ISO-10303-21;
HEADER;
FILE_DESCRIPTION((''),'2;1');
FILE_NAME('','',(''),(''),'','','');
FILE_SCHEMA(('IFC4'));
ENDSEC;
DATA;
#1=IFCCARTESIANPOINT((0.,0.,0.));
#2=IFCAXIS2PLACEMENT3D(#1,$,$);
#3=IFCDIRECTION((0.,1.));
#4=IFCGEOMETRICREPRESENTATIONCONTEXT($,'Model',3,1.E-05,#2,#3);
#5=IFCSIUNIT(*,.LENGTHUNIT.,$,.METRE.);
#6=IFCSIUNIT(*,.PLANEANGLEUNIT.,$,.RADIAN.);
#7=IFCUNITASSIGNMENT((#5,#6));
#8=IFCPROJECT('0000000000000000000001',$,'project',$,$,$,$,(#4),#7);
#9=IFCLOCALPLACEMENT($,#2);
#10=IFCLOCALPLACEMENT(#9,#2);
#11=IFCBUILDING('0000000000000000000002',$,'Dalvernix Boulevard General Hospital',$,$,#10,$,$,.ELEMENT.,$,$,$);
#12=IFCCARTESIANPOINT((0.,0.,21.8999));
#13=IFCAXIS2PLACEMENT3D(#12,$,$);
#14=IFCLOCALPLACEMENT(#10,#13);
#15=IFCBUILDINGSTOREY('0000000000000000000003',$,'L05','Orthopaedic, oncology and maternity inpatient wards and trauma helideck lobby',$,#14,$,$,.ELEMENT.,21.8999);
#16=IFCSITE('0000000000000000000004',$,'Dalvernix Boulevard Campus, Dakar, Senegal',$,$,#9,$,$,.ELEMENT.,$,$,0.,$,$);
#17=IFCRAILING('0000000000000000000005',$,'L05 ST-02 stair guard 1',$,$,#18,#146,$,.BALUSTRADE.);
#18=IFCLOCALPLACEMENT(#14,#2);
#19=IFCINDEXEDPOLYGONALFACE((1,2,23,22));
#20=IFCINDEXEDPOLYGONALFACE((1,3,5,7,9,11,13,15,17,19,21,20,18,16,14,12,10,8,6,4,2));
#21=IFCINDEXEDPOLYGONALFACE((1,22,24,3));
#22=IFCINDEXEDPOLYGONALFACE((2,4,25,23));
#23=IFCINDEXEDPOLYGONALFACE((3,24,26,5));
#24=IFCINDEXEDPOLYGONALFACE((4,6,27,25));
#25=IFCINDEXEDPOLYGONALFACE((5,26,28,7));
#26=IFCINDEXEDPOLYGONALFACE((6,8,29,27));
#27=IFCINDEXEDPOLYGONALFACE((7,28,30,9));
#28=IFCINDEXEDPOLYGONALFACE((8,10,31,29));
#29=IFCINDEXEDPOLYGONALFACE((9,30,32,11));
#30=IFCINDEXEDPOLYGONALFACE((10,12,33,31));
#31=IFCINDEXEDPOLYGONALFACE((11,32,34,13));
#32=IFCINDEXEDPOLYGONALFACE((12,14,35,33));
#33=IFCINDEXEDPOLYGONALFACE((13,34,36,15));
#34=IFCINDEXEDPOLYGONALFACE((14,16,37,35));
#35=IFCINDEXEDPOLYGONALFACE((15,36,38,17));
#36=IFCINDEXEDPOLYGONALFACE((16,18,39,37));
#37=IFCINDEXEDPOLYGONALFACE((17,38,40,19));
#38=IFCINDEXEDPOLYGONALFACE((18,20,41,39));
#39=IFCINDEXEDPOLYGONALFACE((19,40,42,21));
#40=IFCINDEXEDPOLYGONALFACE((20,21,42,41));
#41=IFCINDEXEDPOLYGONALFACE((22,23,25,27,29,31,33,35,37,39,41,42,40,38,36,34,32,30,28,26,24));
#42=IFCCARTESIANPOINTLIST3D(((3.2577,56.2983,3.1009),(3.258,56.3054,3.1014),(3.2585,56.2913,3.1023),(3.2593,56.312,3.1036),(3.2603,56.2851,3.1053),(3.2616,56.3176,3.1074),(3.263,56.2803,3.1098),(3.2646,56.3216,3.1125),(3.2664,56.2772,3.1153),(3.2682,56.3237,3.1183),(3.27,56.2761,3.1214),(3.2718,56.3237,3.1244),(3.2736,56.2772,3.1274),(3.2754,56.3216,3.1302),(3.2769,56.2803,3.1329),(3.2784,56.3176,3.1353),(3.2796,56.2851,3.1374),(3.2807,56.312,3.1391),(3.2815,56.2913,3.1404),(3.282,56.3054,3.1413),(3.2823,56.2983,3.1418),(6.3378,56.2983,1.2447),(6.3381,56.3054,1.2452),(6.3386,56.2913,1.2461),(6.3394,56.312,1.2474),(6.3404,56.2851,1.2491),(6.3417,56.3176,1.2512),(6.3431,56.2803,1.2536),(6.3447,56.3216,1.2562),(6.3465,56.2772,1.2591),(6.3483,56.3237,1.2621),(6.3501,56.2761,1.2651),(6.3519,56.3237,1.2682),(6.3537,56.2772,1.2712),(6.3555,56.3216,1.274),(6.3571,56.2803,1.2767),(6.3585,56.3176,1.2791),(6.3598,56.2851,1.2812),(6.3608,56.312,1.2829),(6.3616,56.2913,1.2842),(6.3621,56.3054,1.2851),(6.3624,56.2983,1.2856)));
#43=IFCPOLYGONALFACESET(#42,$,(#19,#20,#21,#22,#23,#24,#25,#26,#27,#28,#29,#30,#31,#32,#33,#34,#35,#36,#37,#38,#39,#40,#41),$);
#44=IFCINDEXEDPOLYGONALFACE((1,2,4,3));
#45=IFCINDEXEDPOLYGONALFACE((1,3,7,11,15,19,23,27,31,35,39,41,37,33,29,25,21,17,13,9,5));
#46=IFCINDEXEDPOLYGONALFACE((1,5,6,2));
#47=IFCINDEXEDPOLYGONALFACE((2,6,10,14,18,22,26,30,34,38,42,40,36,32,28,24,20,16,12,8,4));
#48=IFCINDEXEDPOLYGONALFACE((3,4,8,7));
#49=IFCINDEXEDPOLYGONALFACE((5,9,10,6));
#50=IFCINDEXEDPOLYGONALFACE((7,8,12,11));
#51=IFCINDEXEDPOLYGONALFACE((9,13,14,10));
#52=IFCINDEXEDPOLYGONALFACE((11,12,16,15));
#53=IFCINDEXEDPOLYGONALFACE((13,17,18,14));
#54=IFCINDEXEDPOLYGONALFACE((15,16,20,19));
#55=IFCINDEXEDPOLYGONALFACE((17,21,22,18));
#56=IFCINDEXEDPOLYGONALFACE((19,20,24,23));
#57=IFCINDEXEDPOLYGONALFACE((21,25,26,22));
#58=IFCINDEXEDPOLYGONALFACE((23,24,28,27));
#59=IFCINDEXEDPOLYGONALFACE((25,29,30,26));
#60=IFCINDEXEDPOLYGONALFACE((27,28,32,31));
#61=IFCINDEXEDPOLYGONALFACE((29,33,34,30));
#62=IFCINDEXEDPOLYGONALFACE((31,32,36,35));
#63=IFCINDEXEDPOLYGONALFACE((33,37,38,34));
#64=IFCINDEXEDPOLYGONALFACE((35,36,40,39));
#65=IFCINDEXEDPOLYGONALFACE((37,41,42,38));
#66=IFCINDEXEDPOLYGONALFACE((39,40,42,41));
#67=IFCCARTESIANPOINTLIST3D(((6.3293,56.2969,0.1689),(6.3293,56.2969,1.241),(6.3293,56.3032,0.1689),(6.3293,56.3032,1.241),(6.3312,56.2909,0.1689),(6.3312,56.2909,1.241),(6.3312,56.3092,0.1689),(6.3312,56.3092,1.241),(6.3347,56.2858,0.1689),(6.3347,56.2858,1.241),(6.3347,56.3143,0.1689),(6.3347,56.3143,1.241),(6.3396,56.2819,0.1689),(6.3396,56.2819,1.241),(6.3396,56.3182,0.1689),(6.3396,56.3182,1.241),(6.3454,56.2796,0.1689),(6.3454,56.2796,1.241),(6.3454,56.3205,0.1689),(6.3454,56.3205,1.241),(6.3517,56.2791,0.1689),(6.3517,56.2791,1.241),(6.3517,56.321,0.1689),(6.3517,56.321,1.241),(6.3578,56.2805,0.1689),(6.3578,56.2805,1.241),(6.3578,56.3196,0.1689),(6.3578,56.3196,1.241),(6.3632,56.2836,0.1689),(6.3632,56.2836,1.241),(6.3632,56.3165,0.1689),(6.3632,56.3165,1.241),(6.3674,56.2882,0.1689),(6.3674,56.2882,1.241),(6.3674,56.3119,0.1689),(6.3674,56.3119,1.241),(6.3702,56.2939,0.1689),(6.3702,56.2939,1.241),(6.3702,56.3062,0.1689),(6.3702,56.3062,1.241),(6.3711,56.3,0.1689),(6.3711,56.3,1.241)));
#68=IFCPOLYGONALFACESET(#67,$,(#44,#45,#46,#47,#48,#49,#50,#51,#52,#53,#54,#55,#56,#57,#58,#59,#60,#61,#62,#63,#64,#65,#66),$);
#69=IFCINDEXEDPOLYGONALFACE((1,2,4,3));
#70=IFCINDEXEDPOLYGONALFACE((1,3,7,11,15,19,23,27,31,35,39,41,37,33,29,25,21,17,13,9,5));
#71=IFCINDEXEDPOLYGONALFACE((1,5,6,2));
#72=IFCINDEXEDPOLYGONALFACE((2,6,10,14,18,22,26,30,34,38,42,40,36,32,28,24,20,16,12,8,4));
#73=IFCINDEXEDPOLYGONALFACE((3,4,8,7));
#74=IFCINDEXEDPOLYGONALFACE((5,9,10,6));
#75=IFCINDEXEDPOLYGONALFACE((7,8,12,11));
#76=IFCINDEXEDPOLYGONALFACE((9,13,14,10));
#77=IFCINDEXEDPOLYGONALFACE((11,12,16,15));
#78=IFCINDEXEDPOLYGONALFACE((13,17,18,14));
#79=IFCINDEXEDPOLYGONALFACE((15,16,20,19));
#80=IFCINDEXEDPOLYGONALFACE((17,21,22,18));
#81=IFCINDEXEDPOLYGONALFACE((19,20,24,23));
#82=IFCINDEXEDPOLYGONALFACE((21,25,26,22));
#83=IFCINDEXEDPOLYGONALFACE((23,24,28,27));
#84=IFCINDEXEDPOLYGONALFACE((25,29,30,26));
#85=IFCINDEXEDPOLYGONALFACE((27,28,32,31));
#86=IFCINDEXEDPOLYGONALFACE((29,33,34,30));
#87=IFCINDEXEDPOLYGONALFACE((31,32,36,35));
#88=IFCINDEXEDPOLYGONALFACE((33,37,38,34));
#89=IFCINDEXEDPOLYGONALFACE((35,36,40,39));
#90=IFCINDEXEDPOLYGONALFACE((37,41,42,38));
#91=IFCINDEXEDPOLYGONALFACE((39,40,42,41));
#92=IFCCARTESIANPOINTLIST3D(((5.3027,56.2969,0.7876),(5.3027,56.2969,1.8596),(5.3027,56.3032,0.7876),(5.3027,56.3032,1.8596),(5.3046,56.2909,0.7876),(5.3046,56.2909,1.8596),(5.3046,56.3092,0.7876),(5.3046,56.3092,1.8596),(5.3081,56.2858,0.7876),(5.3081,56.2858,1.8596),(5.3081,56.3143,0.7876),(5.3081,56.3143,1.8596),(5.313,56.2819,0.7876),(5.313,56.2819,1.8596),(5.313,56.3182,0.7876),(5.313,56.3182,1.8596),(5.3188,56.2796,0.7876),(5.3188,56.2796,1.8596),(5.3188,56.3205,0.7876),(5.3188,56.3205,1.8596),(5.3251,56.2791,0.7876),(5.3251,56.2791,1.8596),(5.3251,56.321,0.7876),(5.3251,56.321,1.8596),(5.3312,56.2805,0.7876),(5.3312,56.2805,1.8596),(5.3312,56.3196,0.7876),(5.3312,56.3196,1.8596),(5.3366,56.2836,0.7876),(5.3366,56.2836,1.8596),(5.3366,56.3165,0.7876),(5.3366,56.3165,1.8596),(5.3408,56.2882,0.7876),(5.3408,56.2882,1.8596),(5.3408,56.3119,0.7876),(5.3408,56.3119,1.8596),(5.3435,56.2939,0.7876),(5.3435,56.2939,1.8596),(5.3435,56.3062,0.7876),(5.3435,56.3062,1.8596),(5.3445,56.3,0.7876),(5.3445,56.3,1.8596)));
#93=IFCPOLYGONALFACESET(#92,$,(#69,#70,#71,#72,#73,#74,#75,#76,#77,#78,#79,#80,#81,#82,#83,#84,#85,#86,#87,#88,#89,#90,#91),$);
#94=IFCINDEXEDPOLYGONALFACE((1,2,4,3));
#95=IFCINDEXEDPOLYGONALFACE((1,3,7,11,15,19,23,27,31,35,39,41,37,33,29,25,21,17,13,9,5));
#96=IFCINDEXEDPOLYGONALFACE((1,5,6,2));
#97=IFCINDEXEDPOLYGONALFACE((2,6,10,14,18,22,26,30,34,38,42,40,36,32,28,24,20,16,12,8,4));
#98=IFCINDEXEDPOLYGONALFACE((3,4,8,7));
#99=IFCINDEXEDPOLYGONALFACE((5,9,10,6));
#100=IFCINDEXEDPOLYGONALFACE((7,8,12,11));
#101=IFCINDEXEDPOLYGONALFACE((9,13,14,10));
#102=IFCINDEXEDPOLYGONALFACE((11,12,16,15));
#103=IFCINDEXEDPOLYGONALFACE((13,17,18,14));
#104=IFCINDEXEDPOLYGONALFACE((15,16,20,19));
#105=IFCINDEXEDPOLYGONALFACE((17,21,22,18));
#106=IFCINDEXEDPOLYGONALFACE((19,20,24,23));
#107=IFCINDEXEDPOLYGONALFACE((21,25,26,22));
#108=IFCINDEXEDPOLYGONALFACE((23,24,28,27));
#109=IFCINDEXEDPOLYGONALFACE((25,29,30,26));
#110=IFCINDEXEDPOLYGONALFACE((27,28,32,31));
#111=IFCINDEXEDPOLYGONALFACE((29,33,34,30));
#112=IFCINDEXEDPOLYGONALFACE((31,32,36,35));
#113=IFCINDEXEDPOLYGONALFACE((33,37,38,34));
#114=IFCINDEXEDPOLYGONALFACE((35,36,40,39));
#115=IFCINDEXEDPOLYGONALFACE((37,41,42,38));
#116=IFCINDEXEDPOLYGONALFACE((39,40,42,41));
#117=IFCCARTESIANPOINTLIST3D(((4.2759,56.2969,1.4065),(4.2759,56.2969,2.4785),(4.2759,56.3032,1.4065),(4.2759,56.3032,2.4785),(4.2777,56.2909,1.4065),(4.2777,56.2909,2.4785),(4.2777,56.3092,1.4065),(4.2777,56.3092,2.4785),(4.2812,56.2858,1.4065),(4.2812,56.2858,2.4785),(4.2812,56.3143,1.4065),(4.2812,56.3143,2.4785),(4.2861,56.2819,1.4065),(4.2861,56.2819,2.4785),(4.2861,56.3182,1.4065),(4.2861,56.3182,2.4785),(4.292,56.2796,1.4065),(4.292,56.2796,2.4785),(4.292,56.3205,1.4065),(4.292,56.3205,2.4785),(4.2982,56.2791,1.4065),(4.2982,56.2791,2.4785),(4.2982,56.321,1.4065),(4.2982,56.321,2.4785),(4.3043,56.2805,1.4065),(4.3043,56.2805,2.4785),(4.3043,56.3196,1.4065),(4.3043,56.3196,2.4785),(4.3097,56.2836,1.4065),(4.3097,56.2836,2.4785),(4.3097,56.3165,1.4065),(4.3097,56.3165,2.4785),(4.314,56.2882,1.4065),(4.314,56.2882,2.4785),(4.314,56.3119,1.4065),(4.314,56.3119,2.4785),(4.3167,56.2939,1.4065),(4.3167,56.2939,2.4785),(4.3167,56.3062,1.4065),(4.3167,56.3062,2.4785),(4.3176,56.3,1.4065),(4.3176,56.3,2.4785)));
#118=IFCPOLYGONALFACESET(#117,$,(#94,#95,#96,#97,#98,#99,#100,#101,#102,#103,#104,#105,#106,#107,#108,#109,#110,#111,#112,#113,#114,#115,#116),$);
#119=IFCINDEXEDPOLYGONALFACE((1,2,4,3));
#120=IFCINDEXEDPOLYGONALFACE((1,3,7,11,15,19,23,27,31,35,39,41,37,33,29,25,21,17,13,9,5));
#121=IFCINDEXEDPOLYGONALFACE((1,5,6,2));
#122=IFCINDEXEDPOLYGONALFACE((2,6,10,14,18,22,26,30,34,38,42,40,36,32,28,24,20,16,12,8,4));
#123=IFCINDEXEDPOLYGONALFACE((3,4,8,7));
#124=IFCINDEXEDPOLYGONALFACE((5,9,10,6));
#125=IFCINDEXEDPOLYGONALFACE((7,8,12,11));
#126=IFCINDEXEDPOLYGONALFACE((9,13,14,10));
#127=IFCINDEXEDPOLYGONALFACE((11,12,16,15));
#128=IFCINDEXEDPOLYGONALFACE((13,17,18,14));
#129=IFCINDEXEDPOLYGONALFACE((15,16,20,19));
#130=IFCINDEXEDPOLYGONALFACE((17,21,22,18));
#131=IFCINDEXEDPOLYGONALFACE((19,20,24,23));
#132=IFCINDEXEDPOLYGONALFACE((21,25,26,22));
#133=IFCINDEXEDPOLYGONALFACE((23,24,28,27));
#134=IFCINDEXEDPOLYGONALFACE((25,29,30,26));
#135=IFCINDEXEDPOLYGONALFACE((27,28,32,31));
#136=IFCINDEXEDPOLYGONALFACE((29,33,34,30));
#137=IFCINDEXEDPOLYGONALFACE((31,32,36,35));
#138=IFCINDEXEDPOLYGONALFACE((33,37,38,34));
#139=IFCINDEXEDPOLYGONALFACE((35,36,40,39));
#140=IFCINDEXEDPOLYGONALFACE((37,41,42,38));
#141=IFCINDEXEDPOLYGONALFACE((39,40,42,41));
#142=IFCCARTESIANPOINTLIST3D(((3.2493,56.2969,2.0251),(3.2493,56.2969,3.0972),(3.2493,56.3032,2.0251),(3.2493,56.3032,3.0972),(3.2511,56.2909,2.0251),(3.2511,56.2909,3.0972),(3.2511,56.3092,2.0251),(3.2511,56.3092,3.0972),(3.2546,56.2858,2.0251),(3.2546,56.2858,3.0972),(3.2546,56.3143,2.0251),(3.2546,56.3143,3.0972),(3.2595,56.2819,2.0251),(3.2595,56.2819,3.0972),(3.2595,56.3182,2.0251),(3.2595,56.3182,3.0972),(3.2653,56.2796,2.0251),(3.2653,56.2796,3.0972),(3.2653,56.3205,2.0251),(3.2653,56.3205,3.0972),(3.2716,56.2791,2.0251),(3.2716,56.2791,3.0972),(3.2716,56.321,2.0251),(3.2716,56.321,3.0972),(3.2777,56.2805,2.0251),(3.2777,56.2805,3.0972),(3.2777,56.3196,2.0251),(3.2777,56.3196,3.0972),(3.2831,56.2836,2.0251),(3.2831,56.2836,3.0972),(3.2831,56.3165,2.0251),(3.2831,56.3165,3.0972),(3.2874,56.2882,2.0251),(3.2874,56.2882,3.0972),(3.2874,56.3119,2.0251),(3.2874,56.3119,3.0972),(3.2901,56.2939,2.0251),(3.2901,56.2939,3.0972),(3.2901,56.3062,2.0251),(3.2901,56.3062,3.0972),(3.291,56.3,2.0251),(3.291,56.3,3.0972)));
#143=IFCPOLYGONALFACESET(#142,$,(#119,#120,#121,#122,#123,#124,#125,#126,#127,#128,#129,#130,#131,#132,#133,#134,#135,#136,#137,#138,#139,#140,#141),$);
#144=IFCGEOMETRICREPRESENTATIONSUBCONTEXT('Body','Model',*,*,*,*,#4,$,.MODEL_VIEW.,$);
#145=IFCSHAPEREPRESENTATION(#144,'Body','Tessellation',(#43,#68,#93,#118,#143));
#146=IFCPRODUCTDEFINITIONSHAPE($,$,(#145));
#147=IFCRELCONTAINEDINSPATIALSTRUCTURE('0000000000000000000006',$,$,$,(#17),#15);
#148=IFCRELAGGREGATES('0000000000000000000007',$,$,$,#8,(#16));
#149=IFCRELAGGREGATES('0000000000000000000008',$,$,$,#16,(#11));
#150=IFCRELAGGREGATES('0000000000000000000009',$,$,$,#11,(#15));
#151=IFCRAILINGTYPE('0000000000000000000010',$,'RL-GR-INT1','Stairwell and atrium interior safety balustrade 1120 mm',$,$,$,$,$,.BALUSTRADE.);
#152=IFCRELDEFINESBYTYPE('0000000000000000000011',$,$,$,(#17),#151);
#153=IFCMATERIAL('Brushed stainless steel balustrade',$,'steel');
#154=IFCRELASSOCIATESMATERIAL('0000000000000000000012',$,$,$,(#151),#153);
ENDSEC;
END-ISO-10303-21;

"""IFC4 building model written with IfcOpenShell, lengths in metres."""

from ifc_helpers import new_model, si_unit, direction, frame, origin, origin_2d, place, context, subcontext, project, spatial, circle, extrude, material, type_object, element, save


model = new_model("IFC4")

# Units and contexts
model_context = context("Model", 3, precision=1e-05, world=origin(), true_north=direction((0.0, 1.0)))
body_context = subcontext(model_context, "Body", "Model", "MODEL_VIEW")
ifc_project = project(units=[si_unit("LENGTHUNIT", "METRE"), si_unit("PLANEANGLEUNIT", "RADIAN")], contexts=[model_context])

# Site, building, storey
site_placement = place(None, origin())
site = spatial("IfcSite", under=ifc_project, at=site_placement, Name="Dalvernix Boulevard Campus, Dakar, Senegal", CompositionType="ELEMENT", RefElevation=0.0)
building_placement = place(site_placement, origin())
building = spatial("IfcBuilding", under=site, at=building_placement, Name="Dalvernix Boulevard General Hospital", CompositionType="ELEMENT")
storey_placement = place(building_placement, frame((0.0, 0.0, 21.8999)))
storey = spatial("IfcBuildingStorey", under=building, at=storey_placement, Name="L05", Description="Orthopaedic, oncology and maternity inpatient wards and trauma helideck lobby", CompositionType="ELEMENT", Elevation=21.8999)

# Railing
ifc_material_1 = material(Name="Brushed stainless steel balustrade", Category="steel")
railing_type_1 = type_object("IfcRailingType", Name="RL-GR-INT1", Description="Stairwell and atrium interior safety balustrade 1120 mm", PredefinedType="BALUSTRADE", material=ifc_material_1)
railing_1_placement = place(storey_placement, frame((6.3501, 56.3, 0.1689)))
element("IfcRailing", 1, at=railing_1_placement, inside=storey, type_object=railing_type_1, Name="L05 ST-02 stair guard 1", PredefinedType="BALUSTRADE", context=body_context, shape_type="SweptSolid", body=[
    extrude(circle(Radius=0.0239, at=origin_2d()), frame((0.0, 0.0, 1.0962), z_axis=(-0.856491, 0.0, 0.516162), x_axis=(0.0, -1.0, 0.0)), (0.0, 0.0, 1.0), 3.5962),
    extrude(circle(Radius=0.021, at=origin_2d()), origin(), (0.0, 0.0, 1.0), 1.072),
    extrude(circle(Radius=0.021, at=origin_2d()), frame((-1.0266, 0.0, 0.6187)), (0.0, 0.0, 1.0), 1.072),
    extrude(circle(Radius=0.021, at=origin_2d()), frame((-2.0535, 0.0, 1.2375)), (0.0, 0.0, 1.0), 1.072),
    extrude(circle(Radius=0.021, at=origin_2d()), frame((-3.0801, 0.0, 1.8562)), (0.0, 0.0, 1.0), 1.072),
])

save(model, "model.ifc")
